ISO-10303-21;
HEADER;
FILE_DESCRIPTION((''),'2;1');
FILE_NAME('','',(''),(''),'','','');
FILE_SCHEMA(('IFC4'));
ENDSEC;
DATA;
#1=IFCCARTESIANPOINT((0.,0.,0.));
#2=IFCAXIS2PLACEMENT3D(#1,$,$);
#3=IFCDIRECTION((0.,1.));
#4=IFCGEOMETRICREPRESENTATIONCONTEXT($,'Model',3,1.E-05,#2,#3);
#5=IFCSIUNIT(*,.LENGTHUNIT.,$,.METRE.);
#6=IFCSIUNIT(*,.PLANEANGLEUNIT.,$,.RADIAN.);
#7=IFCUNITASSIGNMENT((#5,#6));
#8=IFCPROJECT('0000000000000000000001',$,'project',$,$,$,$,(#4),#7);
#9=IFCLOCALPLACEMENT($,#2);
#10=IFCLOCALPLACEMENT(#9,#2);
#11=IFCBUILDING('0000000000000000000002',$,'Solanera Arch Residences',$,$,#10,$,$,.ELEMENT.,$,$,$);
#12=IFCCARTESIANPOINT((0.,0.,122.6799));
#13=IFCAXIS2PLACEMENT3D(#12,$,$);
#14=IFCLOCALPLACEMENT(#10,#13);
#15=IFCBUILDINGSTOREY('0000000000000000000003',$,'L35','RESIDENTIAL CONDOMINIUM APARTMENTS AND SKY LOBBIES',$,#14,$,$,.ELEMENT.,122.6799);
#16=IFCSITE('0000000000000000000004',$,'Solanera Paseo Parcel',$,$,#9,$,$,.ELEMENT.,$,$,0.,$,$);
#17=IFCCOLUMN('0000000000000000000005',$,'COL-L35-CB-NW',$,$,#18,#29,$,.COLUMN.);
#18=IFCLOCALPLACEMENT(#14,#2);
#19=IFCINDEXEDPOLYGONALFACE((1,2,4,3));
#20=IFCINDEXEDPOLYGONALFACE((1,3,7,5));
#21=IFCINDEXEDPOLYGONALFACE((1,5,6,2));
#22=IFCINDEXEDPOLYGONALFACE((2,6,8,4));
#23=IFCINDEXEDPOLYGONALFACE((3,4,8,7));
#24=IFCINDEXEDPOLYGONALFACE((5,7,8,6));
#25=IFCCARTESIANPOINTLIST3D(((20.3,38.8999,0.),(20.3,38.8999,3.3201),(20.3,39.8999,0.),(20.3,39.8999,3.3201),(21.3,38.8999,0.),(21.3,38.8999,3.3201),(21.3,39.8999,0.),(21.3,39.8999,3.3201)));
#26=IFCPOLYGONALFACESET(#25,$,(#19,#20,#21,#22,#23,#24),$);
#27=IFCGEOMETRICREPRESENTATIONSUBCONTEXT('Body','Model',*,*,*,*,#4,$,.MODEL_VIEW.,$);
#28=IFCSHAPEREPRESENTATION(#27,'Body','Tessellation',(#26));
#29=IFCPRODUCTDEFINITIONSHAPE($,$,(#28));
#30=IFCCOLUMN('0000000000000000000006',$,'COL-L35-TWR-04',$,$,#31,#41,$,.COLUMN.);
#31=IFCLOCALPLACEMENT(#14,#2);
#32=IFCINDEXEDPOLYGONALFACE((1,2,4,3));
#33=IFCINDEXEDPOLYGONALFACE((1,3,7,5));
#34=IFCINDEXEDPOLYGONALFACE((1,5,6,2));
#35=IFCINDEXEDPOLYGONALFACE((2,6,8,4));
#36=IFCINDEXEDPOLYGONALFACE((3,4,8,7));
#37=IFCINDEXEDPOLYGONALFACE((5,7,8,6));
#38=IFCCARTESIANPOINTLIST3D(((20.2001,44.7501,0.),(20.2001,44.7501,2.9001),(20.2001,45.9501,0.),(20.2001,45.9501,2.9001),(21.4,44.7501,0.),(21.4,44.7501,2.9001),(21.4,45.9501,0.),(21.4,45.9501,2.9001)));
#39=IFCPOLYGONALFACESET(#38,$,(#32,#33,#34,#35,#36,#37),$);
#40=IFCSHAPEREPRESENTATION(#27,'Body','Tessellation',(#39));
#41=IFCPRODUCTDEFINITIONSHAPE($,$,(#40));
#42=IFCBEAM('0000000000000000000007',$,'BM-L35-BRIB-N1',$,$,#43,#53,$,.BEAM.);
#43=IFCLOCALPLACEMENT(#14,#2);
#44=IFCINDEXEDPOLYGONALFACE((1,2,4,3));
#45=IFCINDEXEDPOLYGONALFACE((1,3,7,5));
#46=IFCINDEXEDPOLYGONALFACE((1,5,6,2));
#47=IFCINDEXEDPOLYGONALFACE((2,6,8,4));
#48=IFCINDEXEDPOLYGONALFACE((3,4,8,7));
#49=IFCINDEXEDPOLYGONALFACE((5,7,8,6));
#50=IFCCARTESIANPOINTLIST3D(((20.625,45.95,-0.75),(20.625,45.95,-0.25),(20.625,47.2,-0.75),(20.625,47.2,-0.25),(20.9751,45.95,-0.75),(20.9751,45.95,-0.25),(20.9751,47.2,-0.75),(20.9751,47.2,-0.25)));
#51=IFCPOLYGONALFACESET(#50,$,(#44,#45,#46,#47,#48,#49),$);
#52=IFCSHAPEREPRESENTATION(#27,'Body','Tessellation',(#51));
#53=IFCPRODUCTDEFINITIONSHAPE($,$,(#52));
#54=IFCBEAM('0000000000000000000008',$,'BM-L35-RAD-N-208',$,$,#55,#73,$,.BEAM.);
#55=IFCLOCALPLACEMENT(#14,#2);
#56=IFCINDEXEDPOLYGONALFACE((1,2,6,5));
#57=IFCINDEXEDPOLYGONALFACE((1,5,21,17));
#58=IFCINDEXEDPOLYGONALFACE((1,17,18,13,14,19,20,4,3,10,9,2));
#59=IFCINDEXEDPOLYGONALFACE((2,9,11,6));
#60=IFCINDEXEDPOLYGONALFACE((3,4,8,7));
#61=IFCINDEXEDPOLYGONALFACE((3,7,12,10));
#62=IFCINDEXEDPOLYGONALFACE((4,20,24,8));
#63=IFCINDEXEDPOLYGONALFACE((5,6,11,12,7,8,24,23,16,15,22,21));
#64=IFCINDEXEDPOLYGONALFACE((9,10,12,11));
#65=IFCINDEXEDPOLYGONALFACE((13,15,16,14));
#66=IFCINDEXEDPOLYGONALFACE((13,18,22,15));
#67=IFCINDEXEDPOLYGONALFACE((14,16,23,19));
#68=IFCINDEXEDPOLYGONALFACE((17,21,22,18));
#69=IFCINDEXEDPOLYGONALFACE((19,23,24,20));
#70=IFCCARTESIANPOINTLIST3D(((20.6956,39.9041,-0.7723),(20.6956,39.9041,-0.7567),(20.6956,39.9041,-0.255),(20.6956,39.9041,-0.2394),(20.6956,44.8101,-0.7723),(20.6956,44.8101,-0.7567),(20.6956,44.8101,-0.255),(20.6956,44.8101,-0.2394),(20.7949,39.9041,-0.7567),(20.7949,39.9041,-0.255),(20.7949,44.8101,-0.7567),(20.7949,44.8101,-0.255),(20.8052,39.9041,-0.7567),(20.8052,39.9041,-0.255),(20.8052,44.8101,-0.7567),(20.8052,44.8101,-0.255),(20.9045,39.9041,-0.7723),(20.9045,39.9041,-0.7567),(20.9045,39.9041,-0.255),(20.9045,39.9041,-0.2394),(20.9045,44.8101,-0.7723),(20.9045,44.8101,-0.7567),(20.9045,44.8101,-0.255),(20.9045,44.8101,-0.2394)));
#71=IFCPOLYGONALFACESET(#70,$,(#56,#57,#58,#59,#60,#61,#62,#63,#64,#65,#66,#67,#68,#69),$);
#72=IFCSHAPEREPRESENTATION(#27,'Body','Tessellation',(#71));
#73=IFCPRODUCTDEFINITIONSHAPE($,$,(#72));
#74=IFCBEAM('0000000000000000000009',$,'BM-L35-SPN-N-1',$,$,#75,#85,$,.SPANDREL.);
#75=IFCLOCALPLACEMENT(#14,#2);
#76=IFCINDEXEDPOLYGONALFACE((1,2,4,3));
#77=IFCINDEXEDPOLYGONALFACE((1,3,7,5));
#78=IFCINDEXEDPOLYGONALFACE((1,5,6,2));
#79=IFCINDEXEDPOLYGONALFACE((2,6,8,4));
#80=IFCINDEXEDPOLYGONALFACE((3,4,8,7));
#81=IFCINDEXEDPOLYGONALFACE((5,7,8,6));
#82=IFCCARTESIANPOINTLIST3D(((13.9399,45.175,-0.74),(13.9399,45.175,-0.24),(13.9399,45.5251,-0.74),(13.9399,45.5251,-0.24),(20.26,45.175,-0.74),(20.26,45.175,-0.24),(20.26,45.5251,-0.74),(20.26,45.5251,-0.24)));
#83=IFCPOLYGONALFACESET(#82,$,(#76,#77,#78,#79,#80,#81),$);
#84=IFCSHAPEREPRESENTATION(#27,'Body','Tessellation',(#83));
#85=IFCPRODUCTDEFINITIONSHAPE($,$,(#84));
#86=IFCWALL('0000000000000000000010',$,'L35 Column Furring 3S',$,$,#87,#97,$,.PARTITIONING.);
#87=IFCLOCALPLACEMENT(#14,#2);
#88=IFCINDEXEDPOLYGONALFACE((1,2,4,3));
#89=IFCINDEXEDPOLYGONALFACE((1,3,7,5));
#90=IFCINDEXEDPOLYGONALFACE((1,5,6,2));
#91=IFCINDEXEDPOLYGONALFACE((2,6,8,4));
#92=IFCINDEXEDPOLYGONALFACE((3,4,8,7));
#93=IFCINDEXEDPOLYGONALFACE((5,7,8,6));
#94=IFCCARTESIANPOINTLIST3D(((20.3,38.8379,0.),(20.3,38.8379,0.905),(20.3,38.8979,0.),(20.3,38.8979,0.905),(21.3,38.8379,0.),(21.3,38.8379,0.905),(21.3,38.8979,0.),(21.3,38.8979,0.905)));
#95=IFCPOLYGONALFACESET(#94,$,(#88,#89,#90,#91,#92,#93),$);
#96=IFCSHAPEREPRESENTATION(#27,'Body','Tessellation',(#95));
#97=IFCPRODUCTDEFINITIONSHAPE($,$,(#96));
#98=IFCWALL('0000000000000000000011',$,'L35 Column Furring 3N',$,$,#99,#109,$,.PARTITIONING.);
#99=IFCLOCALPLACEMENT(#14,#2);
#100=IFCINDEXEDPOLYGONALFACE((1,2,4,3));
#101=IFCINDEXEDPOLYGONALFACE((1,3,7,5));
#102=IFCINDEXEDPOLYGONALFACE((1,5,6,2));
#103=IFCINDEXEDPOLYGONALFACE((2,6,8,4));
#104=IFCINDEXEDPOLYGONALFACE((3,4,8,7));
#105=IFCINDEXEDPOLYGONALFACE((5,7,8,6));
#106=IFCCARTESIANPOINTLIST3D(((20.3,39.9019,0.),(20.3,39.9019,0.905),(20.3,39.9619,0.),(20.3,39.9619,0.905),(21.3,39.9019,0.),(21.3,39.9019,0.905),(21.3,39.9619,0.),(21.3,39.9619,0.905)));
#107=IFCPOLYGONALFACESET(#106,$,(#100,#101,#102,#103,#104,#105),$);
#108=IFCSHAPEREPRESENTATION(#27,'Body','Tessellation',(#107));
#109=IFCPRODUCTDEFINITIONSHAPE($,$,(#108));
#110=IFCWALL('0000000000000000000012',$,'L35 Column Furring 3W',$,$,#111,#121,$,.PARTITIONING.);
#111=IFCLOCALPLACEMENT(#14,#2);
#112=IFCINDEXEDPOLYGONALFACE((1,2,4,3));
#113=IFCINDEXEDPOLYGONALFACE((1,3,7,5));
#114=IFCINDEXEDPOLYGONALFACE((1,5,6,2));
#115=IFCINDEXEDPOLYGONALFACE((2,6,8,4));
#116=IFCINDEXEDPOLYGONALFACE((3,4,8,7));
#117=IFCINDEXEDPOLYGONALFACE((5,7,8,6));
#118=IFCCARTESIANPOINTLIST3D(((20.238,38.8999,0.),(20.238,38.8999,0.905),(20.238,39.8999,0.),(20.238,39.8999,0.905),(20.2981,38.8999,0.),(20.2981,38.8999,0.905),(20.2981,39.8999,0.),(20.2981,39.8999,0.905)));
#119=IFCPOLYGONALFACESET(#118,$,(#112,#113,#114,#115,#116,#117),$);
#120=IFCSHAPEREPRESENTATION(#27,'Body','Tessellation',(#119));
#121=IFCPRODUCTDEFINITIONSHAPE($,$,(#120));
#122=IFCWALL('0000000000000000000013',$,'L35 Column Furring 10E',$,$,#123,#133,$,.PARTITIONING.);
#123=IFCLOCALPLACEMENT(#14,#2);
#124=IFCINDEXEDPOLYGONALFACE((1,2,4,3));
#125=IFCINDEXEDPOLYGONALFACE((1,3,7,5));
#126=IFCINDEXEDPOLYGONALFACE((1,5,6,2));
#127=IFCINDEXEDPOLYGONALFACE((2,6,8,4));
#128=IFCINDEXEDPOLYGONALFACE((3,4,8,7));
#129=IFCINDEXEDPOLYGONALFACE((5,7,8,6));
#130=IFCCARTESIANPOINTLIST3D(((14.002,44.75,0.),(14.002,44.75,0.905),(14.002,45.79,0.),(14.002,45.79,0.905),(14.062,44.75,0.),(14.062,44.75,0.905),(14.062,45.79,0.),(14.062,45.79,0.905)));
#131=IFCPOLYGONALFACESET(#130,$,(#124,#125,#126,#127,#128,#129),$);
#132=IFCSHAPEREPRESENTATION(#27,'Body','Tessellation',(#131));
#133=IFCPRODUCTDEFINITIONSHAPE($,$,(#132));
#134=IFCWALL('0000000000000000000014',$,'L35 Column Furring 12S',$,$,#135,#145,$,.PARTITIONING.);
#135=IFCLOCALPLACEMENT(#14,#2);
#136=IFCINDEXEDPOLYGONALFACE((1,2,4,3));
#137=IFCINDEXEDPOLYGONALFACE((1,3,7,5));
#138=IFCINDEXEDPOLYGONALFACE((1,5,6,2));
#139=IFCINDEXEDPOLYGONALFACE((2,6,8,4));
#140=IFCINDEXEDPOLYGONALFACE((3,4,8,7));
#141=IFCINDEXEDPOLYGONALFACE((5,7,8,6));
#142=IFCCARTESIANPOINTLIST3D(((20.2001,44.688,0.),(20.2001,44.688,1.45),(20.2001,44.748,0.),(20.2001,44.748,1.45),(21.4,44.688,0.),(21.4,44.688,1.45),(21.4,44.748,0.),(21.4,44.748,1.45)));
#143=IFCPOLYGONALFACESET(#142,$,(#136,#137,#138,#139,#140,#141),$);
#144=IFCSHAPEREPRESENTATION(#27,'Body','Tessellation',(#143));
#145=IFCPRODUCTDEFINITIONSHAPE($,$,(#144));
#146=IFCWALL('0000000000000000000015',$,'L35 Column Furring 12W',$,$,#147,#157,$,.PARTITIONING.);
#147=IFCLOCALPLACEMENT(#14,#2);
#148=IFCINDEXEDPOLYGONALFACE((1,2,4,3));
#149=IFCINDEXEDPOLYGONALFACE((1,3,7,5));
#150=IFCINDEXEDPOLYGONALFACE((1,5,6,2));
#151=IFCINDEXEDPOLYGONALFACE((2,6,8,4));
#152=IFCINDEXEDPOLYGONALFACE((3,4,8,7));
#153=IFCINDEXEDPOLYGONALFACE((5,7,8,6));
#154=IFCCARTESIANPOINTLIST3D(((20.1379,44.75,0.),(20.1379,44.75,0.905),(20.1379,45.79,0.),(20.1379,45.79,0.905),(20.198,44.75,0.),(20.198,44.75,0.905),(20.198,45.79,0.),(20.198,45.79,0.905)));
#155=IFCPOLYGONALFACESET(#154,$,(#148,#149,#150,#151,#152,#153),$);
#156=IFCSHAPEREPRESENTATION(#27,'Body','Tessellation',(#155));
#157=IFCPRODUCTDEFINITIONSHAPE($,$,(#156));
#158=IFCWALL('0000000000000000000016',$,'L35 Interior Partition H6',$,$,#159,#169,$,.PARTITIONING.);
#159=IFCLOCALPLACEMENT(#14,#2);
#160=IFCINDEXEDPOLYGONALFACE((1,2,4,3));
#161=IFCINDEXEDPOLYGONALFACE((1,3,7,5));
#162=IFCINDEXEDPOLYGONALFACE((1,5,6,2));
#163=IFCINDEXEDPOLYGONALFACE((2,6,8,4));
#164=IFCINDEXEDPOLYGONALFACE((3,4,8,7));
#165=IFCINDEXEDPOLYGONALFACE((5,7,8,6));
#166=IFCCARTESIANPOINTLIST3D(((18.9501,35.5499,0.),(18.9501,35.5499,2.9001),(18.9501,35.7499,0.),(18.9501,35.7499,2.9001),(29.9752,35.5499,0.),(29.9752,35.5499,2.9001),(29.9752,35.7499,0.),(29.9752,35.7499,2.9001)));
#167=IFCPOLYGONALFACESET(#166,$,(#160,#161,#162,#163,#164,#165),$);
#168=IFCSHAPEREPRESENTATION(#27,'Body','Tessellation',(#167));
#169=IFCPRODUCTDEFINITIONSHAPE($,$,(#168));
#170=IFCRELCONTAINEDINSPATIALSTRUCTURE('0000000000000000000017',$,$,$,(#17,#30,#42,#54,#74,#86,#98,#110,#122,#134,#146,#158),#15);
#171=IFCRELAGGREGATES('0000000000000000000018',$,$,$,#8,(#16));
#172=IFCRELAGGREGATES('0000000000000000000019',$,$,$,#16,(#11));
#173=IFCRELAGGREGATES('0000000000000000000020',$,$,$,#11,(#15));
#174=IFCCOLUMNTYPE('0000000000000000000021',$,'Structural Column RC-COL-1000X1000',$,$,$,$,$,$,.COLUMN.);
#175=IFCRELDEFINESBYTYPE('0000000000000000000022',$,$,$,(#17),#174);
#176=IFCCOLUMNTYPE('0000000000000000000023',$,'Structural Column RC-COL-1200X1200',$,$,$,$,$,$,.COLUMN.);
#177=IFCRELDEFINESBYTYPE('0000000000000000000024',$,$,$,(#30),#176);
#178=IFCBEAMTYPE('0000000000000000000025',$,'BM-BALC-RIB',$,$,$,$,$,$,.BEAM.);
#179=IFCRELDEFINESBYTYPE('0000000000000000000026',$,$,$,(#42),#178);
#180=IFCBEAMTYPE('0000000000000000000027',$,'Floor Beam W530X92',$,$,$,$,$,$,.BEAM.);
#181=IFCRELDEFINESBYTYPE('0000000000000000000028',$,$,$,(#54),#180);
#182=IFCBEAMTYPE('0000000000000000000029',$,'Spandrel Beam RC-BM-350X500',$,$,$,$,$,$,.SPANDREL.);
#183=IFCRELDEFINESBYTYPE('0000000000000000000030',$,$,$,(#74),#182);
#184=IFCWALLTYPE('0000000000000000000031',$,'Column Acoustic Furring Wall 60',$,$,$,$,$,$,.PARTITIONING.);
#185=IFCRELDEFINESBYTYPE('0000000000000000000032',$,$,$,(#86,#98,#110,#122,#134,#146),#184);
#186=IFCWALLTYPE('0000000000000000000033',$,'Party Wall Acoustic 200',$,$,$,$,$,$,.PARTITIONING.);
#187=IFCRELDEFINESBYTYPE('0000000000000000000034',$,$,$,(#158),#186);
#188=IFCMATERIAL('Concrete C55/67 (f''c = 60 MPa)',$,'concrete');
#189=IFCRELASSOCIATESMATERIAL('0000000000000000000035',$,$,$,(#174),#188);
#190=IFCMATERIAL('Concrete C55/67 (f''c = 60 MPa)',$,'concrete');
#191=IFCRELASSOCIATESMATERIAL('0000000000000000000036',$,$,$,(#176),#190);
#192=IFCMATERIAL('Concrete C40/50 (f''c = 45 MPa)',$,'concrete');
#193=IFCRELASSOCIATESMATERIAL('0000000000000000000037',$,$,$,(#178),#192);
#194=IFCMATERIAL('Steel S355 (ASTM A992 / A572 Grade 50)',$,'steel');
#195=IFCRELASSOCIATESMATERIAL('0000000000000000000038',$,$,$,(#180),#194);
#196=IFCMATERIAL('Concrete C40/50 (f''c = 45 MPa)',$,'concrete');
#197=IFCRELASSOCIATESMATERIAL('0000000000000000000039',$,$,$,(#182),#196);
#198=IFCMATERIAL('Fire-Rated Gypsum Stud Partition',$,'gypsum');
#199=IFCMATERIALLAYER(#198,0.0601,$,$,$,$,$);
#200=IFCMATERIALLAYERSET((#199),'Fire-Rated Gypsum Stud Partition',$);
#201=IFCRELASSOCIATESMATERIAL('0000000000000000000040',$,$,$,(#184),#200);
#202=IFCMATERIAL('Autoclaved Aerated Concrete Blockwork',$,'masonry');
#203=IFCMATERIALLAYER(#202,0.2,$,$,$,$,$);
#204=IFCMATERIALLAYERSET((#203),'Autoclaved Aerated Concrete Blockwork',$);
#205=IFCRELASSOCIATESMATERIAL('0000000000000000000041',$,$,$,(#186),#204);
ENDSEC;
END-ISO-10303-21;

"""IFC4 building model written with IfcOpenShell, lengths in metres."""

from ifc_helpers import new_model, si_unit, direction, frame, frame_2d, origin, origin_2d, place, context, subcontext, project, spatial, rectangle, i_section, extrude, material, layer, layer_set, material_profile, profile_set, type_object, element, save


model = new_model("IFC4")

# Units and contexts
model_context = context("Model", 3, precision=1e-05, world=origin(), true_north=direction((0.0, 1.0)))
body_context = subcontext(model_context, "Body", "Model", "MODEL_VIEW")
ifc_project = project(units=[si_unit("LENGTHUNIT", "METRE"), si_unit("PLANEANGLEUNIT", "RADIAN")], contexts=[model_context])

# Site, building, storey
site_placement = place(None, origin())
site = spatial("IfcSite", under=ifc_project, at=site_placement, Name="Solanera Paseo Parcel", CompositionType="ELEMENT", RefElevation=0.0)
building_placement = place(site_placement, origin())
building = spatial("IfcBuilding", under=site, at=building_placement, Name="Solanera Arch Residences", CompositionType="ELEMENT")
storey_placement = place(building_placement, frame((0.0, 0.0, 122.6799)))
storey = spatial("IfcBuildingStorey", under=building, at=storey_placement, Name="L35", Description="RESIDENTIAL CONDOMINIUM APARTMENTS AND SKY LOBBIES", CompositionType="ELEMENT", Elevation=122.6799)

# Columns
ifc_material_1 = material(Name="Concrete C55/67 (f'c = 60 MPa)", Category="concrete")
ifc_material_profile_1 = material_profile(ifc_material_1, rectangle(XDim=1.0, YDim=1.0, at=origin_2d()))
ifc_profile_set_1 = profile_set([ifc_material_profile_1], Name="Concrete C55/67 (f'c = 60 MPa)")
column_type_1 = type_object("IfcColumnType", Name="Structural Column RC-COL-1000X1000", PredefinedType="COLUMN", material=ifc_profile_set_1)
column_1_placement = place(storey_placement, frame((20.8, 39.3999, 0.0), z_axis=(0.0, 0.0, 1.0), x_axis=(1.0, 0.0, 0.0)))
element("IfcColumn", 1, at=column_1_placement, inside=storey, type_object=column_type_1, Name="COL-L35-CB-NW", PredefinedType="COLUMN", context=body_context, shape_type="SweptSolid", body=[
    extrude(rectangle(XDim=1.0, YDim=1.0, at=origin_2d()), origin(), (0.0, 0.0, 1.0), 3.3201),
])
ifc_material_2 = material(Name="Concrete C55/67 (f'c = 60 MPa)", Category="concrete")
ifc_material_profile_2 = material_profile(ifc_material_2, rectangle(XDim=1.2, YDim=1.2, at=origin_2d()))
ifc_profile_set_2 = profile_set([ifc_material_profile_2], Name="Concrete C55/67 (f'c = 60 MPa)")
column_type_2 = type_object("IfcColumnType", Name="Structural Column RC-COL-1200X1200", PredefinedType="COLUMN", material=ifc_profile_set_2)
column_2_placement = place(storey_placement, frame((20.8, 45.3501, 0.0), z_axis=(0.0, 0.0, 1.0), x_axis=(1.0, 0.0, 0.0)))
element("IfcColumn", 2, at=column_2_placement, inside=storey, type_object=column_type_2, Name="COL-L35-TWR-04", PredefinedType="COLUMN", context=body_context, shape_type="SweptSolid", body=[
    extrude(rectangle(XDim=1.2, YDim=1.2, at=origin_2d()), origin(), (0.0, 0.0, 1.0), 2.9001),
])

# Beams
ifc_material_3 = material(Name="Concrete C40/50 (f'c = 45 MPa)", Category="concrete")
ifc_material_profile_3 = material_profile(ifc_material_3, rectangle(XDim=0.3501, YDim=0.5, at=origin_2d()))
ifc_profile_set_3 = profile_set([ifc_material_profile_3], Name="Concrete C40/50 (f'c = 45 MPa)")
beam_type_1 = type_object("IfcBeamType", Name="BM-BALC-RIB", PredefinedType="BEAM", material=ifc_profile_set_3)
beam_1_placement = place(storey_placement, frame((20.8, 45.95, -0.5), z_axis=(0.0, 1.0, 0.0), x_axis=(-1.0, 0.0, 0.0)))
element("IfcBeam", 3, at=beam_1_placement, inside=storey, type_object=beam_type_1, Name="BM-L35-BRIB-N1", PredefinedType="BEAM", context=body_context, shape_type="SweptSolid", body=[
    extrude(rectangle(XDim=0.3501, YDim=0.5, at=origin_2d()), origin(), (0.0, 0.0, 1.0), 1.25),
])
ifc_material_4 = material(Name="Steel S355 (ASTM A992 / A572 Grade 50)", Category="steel")
ifc_material_profile_4 = material_profile(ifc_material_4, i_section(OverallWidth=0.209, OverallDepth=0.533, WebThickness=0.0103, FlangeThickness=0.0156, at=origin_2d()))
ifc_profile_set_4 = profile_set([ifc_material_profile_4], Name="Steel S355 (ASTM A992 / A572 Grade 50)")
beam_type_2 = type_object("IfcBeamType", Name="Floor Beam W530X92", PredefinedType="BEAM", material=ifc_profile_set_4)
beam_2_placement = place(storey_placement, frame((20.8, 39.9041, -0.5059), z_axis=(0.0, 1.0, 0.0), x_axis=(-1.0, 0.0, 0.0)))
element("IfcBeam", 4, at=beam_2_placement, inside=storey, type_object=beam_type_2, Name="BM-L35-RAD-N-208", PredefinedType="BEAM", context=body_context, shape_type="SweptSolid", body=[
    extrude(i_section(OverallWidth=0.209, OverallDepth=0.533, WebThickness=0.0103, FlangeThickness=0.0156, at=origin_2d()), origin(), (0.0, 0.0, 1.0), 4.906),
])
ifc_material_5 = material(Name="Concrete C40/50 (f'c = 45 MPa)", Category="concrete")
ifc_material_profile_5 = material_profile(ifc_material_5, rectangle(XDim=0.3501, YDim=0.5, at=origin_2d()))
ifc_profile_set_5 = profile_set([ifc_material_profile_5], Name="Concrete C40/50 (f'c = 45 MPa)")
beam_type_3 = type_object("IfcBeamType", Name="Spandrel Beam RC-BM-350X500", PredefinedType="SPANDREL", material=ifc_profile_set_5)
beam_3_placement = place(storey_placement, frame((13.9399, 45.3501, -0.49), z_axis=(1.0, 0.0, 0.0), x_axis=(0.0, 1.0, 0.0)))
element("IfcBeam", 5, at=beam_3_placement, inside=storey, type_object=beam_type_3, Name="BM-L35-SPN-N-1", PredefinedType="SPANDREL", context=body_context, shape_type="SweptSolid", body=[
    extrude(rectangle(XDim=0.3501, YDim=0.5, at=origin_2d()), origin(), (0.0, 0.0, 1.0), 6.3201),
])

# Walls
ifc_material_6 = material(Name="Fire-Rated Gypsum Stud Partition", Category="gypsum")
ifc_layer_1 = layer(ifc_material_6, 0.0601)
ifc_layer_set_1 = layer_set([ifc_layer_1], Name="Fire-Rated Gypsum Stud Partition")
wall_type_1 = type_object("IfcWallType", Name="Column Acoustic Furring Wall 60", PredefinedType="PARTITIONING", material=ifc_layer_set_1)
for number, where, z_axis, x_axis, name in (
    (6, (20.3, 38.8679, 0.0), (0.0, 0.0, 1.0), (1.0, 0.0, 0.0), "L35 Column Furring 3S"),
    (7, (20.3, 39.9319, 0.0), (0.0, 0.0, 1.0), (1.0, 0.0, 0.0), "L35 Column Furring 3N"),
    (8, (20.2681, 38.8999, 0.0), (0.0, 0.0, 1.0), (0.0, 1.0, 0.0), "L35 Column Furring 3W"),
):
    element("IfcWall", number, at=place(storey_placement, frame(where, z_axis=z_axis, x_axis=x_axis)), inside=storey, type_object=wall_type_1, Name=name, PredefinedType="PARTITIONING", context=body_context, shape_type="SweptSolid", body=[
        extrude(rectangle(XDim=1.0, YDim=0.0601, at=frame_2d((0.5, 0.0))), origin(), (0.0, 0.0, 1.0), 0.905),
    ])
wall_1_placement = place(storey_placement, frame((14.032, 44.75, 0.0), z_axis=(0.0, 0.0, 1.0), x_axis=(0.0, 1.0, 0.0)))
element("IfcWall", 9, at=wall_1_placement, inside=storey, type_object=wall_type_1, Name="L35 Column Furring 10E", PredefinedType="PARTITIONING", context=body_context, shape_type="SweptSolid", body=[
    extrude(rectangle(XDim=1.04, YDim=0.0601, at=frame_2d((0.52, 0.0))), origin(), (0.0, 0.0, 1.0), 0.905),
])
wall_2_placement = place(storey_placement, frame((20.2, 44.718, 0.0), z_axis=(0.0, 0.0, 1.0), x_axis=(1.0, 0.0, 0.0)))
element("IfcWall", 10, at=wall_2_placement, inside=storey, type_object=wall_type_1, Name="L35 Column Furring 12S", PredefinedType="PARTITIONING", context=body_context, shape_type="SweptSolid", body=[
    extrude(rectangle(XDim=1.2, YDim=0.0601, at=frame_2d((0.6001, 0.0))), origin(), (0.0, 0.0, 1.0), 1.45),
])
wall_3_placement = place(storey_placement, frame((20.168, 44.75, 0.0), z_axis=(0.0, 0.0, 1.0), x_axis=(0.0, 1.0, 0.0)))
element("IfcWall", 11, at=wall_3_placement, inside=storey, type_object=wall_type_1, Name="L35 Column Furring 12W", PredefinedType="PARTITIONING", context=body_context, shape_type="SweptSolid", body=[
    extrude(rectangle(XDim=1.04, YDim=0.0601, at=frame_2d((0.52, 0.0))), origin(), (0.0, 0.0, 1.0), 0.905),
])
ifc_material_7 = material(Name="Autoclaved Aerated Concrete Blockwork", Category="masonry")
ifc_layer_2 = layer(ifc_material_7, 0.2)
ifc_layer_set_2 = layer_set([ifc_layer_2], Name="Autoclaved Aerated Concrete Blockwork")
wall_type_2 = type_object("IfcWallType", Name="Party Wall Acoustic 200", PredefinedType="PARTITIONING", material=ifc_layer_set_2)
wall_4_placement = place(storey_placement, frame((18.95, 35.6499, 0.0), z_axis=(0.0, 0.0, 1.0), x_axis=(1.0, 0.0, 0.0)))
element("IfcWall", 12, at=wall_4_placement, inside=storey, type_object=wall_type_2, Name="L35 Interior Partition H6", PredefinedType="PARTITIONING", context=body_context, shape_type="SweptSolid", body=[
    extrude(rectangle(XDim=11.0251, YDim=0.2, at=frame_2d((5.5127, 0.0))), origin(), (0.0, 0.0, 1.0), 2.9001),
])

save(model, "model.ifc")
